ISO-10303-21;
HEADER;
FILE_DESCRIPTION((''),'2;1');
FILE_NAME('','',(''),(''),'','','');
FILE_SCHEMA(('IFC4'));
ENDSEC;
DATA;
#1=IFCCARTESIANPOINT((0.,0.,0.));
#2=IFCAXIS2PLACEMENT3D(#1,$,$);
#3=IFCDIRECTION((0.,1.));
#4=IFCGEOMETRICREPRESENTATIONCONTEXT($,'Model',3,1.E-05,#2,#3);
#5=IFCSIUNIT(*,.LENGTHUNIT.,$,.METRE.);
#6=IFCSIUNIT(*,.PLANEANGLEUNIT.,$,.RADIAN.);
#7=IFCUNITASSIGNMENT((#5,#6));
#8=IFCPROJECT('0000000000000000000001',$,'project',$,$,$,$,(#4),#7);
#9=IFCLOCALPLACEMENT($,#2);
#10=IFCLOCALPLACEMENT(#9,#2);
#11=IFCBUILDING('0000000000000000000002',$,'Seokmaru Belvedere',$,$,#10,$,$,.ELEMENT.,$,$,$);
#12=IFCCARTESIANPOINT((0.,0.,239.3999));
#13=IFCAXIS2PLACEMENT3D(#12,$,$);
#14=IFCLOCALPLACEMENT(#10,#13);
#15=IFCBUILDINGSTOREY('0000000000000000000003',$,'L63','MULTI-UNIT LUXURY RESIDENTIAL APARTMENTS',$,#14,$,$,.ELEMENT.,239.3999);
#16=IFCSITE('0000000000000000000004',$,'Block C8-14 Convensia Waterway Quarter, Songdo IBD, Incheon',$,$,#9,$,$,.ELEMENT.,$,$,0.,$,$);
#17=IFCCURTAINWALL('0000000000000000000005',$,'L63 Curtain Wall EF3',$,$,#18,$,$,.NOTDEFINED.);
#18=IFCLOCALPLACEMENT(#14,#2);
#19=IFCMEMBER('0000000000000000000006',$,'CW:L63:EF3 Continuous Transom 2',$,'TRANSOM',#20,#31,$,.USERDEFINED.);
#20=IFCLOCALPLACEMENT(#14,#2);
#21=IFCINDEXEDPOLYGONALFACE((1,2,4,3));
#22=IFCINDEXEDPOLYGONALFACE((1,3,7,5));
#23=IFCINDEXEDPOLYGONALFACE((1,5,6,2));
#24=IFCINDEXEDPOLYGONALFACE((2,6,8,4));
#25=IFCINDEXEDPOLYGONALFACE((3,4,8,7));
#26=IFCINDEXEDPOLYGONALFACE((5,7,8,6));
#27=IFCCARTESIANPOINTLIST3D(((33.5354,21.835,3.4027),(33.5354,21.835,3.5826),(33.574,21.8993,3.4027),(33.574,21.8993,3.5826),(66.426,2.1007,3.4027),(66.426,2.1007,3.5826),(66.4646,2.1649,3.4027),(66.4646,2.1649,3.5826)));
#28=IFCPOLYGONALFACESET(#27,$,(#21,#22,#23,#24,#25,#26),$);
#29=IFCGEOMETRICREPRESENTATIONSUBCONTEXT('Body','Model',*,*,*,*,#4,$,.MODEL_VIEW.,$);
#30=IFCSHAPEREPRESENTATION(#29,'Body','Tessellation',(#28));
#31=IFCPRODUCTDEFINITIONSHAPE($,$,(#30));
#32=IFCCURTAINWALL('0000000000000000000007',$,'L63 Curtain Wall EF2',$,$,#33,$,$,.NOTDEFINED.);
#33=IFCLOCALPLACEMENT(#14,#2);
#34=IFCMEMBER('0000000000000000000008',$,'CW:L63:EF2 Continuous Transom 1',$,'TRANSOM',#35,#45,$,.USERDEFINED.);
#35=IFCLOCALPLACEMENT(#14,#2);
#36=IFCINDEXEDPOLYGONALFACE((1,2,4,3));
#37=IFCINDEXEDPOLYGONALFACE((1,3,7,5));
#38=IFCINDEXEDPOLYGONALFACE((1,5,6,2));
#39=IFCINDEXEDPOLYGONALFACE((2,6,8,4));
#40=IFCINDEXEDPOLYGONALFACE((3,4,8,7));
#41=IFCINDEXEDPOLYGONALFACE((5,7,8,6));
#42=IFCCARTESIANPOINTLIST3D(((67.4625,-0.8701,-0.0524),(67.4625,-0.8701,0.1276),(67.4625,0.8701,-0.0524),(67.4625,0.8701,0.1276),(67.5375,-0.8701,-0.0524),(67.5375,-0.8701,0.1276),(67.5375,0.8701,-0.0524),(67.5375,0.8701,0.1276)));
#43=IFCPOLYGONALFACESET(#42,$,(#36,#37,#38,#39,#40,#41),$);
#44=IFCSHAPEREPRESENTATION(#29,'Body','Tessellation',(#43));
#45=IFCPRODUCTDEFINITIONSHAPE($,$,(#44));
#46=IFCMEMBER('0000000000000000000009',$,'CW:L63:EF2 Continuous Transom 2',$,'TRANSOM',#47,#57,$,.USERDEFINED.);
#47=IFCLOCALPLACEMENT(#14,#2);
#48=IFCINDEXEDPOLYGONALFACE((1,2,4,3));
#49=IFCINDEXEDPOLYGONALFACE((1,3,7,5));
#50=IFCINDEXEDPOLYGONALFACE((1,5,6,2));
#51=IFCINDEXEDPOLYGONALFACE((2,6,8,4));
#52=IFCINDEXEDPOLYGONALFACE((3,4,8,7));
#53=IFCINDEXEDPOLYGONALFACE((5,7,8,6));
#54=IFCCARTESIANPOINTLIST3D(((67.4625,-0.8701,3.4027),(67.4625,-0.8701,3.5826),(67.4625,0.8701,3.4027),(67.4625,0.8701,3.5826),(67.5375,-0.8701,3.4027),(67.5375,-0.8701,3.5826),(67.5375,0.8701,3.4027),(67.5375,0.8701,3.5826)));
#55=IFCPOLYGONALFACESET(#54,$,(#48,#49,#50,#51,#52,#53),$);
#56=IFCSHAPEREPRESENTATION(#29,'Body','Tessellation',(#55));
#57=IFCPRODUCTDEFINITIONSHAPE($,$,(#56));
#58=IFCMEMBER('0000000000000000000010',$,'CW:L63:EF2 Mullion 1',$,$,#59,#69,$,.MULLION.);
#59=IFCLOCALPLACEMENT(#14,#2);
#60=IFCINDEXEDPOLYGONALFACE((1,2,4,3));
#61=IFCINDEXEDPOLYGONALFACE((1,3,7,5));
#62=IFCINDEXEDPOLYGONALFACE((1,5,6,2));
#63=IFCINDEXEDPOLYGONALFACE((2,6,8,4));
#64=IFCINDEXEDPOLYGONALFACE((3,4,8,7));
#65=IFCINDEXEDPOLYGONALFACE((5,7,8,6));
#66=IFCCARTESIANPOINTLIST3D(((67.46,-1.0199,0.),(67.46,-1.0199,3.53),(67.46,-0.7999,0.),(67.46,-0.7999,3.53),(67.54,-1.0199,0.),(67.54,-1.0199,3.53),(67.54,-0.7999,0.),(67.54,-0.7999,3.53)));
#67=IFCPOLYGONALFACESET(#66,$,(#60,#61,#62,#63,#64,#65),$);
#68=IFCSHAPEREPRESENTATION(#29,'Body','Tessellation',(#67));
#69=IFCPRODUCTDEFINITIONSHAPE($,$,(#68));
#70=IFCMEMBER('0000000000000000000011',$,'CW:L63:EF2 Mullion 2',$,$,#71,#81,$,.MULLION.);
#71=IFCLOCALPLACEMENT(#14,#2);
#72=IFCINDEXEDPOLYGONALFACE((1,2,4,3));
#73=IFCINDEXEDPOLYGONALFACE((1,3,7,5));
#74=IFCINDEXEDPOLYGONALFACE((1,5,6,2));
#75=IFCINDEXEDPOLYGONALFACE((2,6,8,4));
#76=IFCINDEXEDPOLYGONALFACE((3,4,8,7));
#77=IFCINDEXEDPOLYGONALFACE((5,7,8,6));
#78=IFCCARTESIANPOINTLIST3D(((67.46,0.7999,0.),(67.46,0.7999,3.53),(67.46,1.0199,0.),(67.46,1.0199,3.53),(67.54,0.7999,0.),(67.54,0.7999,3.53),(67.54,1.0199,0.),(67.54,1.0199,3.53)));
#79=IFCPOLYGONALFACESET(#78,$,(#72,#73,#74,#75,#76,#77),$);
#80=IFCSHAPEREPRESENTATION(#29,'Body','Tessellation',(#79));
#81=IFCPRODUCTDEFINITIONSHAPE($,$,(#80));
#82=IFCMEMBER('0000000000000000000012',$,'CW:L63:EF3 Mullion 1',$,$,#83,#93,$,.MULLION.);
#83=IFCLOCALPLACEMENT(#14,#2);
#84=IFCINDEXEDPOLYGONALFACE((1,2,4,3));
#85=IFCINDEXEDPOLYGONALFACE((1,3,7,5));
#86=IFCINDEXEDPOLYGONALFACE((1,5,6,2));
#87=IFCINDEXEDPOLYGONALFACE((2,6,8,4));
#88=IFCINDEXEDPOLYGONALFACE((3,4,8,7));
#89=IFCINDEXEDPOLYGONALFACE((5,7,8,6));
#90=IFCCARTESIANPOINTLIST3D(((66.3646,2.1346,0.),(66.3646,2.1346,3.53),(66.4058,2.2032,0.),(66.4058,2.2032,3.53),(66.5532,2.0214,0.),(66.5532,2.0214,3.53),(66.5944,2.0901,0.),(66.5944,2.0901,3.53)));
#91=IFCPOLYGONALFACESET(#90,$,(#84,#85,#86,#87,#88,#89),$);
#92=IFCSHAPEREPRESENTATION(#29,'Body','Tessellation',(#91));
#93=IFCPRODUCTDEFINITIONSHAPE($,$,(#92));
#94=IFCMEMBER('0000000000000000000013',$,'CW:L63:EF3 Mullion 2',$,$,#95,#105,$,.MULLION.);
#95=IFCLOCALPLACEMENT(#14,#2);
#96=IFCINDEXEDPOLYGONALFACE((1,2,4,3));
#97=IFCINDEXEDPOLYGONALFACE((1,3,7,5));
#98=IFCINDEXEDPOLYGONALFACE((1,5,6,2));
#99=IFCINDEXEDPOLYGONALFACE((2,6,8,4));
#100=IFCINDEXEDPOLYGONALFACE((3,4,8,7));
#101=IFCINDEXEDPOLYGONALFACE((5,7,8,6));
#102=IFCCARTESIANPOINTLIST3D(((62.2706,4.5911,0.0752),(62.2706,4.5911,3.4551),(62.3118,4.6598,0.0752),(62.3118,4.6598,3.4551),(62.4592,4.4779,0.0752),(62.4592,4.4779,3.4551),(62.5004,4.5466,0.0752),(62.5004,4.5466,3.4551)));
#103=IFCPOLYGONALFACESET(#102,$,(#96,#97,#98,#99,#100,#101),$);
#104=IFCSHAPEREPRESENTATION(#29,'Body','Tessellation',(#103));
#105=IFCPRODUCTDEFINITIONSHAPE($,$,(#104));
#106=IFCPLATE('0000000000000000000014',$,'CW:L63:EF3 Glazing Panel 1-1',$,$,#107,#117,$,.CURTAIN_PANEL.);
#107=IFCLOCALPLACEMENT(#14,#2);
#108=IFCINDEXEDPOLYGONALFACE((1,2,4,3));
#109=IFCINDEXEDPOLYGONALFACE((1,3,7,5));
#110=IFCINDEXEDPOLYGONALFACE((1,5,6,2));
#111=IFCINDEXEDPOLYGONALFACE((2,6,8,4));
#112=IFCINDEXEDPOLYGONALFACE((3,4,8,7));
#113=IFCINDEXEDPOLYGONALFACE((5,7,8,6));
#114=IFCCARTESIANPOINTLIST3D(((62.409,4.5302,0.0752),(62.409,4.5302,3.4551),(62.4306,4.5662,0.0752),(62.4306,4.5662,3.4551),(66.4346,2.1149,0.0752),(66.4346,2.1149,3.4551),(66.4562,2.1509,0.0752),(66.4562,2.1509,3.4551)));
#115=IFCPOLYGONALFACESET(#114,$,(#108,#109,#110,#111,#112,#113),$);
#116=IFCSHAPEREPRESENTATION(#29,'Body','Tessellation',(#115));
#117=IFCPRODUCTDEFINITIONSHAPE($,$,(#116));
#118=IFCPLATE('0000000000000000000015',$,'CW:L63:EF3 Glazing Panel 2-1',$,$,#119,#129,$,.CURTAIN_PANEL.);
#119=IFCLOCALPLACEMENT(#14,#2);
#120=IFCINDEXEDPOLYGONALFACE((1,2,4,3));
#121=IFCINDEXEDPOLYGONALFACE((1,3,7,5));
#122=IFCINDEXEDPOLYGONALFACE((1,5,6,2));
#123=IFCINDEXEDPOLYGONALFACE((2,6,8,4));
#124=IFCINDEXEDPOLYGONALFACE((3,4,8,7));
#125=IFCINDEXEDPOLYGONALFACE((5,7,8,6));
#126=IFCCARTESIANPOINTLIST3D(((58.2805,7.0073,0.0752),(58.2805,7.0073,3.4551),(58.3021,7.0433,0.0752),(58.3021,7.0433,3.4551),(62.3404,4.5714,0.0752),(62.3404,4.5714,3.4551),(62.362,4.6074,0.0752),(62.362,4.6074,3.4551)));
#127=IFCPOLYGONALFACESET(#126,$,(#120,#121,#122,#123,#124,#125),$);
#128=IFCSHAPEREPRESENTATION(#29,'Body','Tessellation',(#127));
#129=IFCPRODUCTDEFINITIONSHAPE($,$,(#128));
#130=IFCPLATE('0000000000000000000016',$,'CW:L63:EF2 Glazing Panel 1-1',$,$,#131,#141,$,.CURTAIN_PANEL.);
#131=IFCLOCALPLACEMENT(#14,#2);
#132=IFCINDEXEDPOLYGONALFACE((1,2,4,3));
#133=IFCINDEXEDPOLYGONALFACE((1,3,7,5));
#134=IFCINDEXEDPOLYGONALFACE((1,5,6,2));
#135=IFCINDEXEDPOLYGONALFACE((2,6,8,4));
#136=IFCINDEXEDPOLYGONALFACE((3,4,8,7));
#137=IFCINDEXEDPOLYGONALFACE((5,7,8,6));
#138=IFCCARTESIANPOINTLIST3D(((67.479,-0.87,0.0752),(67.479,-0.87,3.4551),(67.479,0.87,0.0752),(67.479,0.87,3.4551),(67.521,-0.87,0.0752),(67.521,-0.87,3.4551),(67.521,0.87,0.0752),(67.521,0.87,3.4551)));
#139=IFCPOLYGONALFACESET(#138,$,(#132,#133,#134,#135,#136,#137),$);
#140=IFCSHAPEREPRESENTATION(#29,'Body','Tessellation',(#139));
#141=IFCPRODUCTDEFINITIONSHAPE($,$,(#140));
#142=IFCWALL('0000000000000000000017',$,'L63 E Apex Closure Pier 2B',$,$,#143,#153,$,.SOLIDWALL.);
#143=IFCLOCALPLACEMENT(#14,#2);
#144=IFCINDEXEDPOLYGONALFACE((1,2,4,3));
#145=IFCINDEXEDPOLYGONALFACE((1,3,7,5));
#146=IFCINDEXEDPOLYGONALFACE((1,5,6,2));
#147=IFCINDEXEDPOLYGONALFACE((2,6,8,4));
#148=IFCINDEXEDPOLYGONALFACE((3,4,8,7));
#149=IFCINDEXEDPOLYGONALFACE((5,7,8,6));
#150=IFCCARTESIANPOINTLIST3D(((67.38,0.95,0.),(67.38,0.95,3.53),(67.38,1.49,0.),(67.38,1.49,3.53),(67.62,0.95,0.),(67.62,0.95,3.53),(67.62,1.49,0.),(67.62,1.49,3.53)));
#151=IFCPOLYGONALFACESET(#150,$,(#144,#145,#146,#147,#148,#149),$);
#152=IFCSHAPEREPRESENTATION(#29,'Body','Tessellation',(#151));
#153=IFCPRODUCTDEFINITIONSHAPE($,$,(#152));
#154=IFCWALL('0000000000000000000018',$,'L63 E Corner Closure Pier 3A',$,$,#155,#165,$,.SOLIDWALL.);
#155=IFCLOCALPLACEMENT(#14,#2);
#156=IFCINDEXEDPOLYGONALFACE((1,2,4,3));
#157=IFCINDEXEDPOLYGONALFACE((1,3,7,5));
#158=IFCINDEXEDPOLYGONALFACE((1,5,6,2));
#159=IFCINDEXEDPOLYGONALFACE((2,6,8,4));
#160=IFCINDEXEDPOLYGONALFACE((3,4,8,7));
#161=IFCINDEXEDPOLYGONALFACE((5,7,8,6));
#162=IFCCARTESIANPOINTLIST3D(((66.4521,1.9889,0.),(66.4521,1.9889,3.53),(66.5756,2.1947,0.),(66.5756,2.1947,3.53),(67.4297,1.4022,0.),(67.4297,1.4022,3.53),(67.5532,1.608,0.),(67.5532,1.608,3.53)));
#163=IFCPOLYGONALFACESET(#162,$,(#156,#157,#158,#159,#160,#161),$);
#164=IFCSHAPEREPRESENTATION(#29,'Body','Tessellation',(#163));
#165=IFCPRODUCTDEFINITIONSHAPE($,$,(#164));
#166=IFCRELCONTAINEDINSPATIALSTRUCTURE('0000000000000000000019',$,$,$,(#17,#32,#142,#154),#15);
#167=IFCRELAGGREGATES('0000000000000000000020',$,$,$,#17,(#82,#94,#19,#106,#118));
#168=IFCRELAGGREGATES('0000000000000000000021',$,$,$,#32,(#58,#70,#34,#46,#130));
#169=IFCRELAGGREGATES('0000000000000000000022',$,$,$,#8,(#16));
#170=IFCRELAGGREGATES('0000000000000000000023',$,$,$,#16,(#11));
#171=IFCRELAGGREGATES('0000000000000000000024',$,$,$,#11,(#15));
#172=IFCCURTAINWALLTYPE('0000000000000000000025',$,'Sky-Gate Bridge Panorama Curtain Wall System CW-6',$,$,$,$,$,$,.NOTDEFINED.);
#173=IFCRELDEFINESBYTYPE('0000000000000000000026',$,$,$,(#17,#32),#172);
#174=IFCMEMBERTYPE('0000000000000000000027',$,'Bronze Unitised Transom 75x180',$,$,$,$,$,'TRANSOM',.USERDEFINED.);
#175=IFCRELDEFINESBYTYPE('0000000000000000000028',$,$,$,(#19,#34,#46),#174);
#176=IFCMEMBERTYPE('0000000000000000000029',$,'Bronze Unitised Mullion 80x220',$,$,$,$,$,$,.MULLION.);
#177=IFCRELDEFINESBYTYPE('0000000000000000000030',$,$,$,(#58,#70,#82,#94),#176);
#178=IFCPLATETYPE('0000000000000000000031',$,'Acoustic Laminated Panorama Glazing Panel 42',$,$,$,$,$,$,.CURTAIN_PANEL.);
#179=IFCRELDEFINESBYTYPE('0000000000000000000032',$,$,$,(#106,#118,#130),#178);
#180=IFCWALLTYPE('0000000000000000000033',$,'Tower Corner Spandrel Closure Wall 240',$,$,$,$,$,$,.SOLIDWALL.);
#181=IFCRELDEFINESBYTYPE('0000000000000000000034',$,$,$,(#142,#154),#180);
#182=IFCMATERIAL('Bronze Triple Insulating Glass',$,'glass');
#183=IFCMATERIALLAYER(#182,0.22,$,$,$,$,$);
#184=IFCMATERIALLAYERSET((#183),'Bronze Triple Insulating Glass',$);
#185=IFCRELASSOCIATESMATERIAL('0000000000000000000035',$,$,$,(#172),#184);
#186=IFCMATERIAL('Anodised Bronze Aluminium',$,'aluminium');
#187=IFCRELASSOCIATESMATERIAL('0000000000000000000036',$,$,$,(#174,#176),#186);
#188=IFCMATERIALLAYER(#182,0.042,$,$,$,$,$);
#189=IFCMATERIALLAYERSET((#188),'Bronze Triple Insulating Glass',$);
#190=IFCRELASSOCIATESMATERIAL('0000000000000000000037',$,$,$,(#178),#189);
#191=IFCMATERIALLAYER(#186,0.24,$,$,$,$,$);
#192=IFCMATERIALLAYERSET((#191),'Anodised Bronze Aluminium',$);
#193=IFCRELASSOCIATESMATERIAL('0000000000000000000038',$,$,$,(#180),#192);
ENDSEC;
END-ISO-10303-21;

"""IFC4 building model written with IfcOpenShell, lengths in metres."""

from ifc_helpers import new_model, si_unit, direction, frame, frame_2d, origin, origin_2d, place, context, subcontext, project, spatial, rectangle, extrude, source, transform, mapped, material, layer, layer_set, material_profile, profile_set, type_object, type_shapes, element, aggregate, save


model = new_model("IFC4")

# Units and contexts
model_context = context("Model", 3, precision=1e-05, world=origin(), true_north=direction((0.0, 1.0)))
body_context = subcontext(model_context, "Body", "Model", "MODEL_VIEW")
ifc_project = project(units=[si_unit("LENGTHUNIT", "METRE"), si_unit("PLANEANGLEUNIT", "RADIAN")], contexts=[model_context])

# Site, building, storey
site_placement = place(None, origin())
site = spatial("IfcSite", under=ifc_project, at=site_placement, Name="Block C8-14 Convensia Waterway Quarter, Songdo IBD, Incheon", CompositionType="ELEMENT", RefElevation=0.0)
building_placement = place(site_placement, origin())
building = spatial("IfcBuilding", under=site, at=building_placement, Name="Seokmaru Belvedere", CompositionType="ELEMENT")
storey_placement = place(building_placement, frame((0.0, 0.0, 239.3999)))
storey = spatial("IfcBuildingStorey", under=building, at=storey_placement, Name="L63", Description="MULTI-UNIT LUXURY RESIDENTIAL APARTMENTS", CompositionType="ELEMENT", Elevation=239.3999)

# Curtain walls, members
ifc_material_1 = material(Name="Bronze Triple Insulating Glass", Category="glass")
ifc_layer_1 = layer(ifc_material_1, 0.22)
ifc_layer_set_1 = layer_set([ifc_layer_1], Name="Bronze Triple Insulating Glass")
curtain_wall_type = type_object("IfcCurtainWallType", Name="Sky-Gate Bridge Panorama Curtain Wall System CW-6", PredefinedType="NOTDEFINED", material=ifc_layer_set_1)
curtain_wall_1_placement = place(storey_placement, origin())
curtain_wall_1 = element("IfcCurtainWall", 1, at=curtain_wall_1_placement, inside=storey, type_object=curtain_wall_type, Name="L63 Curtain Wall EF3", PredefinedType="NOTDEFINED")
ifc_material_2 = material(Name="Anodised Bronze Aluminium", Category="aluminium")
ifc_material_profile_1 = material_profile(ifc_material_2, rectangle(XDim=0.075, YDim=0.1799, at=origin_2d()), Name="CW-T-75x180")
ifc_profile_set_1 = profile_set([ifc_material_profile_1], Name="Anodised Bronze Aluminium")
member_type_1 = type_object("IfcMemberType", Name="Bronze Unitised Transom 75x180", ElementType="TRANSOM", PredefinedType="USERDEFINED", material=ifc_profile_set_1)
shared_shape_1 = source(origin(), body_context, "Body", "SweptSolid", [
    extrude(rectangle(XDim=0.075, YDim=0.1799, at=origin_2d()), origin(), (0.0, 0.0, 1.0), 38.3567),
])
member_1_placement = place(storey_placement, frame((66.4453, 2.1328, 3.4927), z_axis=(-0.857493, 0.514496, 0.0), x_axis=(-0.514496, -0.857493, 0.0)))
member_1 = element("IfcMember", 2, at=member_1_placement, type_object=member_type_1, Name="CW:L63:EF3 Continuous Transom 2", ObjectType="TRANSOM", PredefinedType="USERDEFINED", context=body_context, shape_type="MappedRepresentation", body=[
    mapped(shared_shape_1, transform((0.0, 0.0, 0.0), scale=1.0)),
])
curtain_wall_2_placement = place(storey_placement, origin())
curtain_wall_2 = element("IfcCurtainWall", 3, at=curtain_wall_2_placement, inside=storey, type_object=curtain_wall_type, Name="L63 Curtain Wall EF2", PredefinedType="NOTDEFINED")
shared_shape_2 = source(origin(), body_context, "Body", "SweptSolid", [
    extrude(rectangle(XDim=0.075, YDim=0.1799, at=origin_2d()), origin(), (0.0, 0.0, 1.0), 1.7402),
])
type_shapes(member_type_1, [shared_shape_1, shared_shape_2])
member_2_placement = place(storey_placement, frame((67.5, -0.8701, 0.0376), z_axis=(0.0, 1.0, 0.0), x_axis=(-1.0, 0.0, 0.0)))
member_2 = element("IfcMember", 4, at=member_2_placement, type_object=member_type_1, Name="CW:L63:EF2 Continuous Transom 1", ObjectType="TRANSOM", PredefinedType="USERDEFINED", context=body_context, shape_type="MappedRepresentation", body=[
    mapped(shared_shape_2, transform((0.0, 0.0, 0.0), scale=1.0)),
])
member_3_placement = place(storey_placement, frame((67.5, -0.8701, 3.4927), z_axis=(0.0, 1.0, 0.0), x_axis=(-1.0, 0.0, 0.0)))
member_3 = element("IfcMember", 5, at=member_3_placement, type_object=member_type_1, Name="CW:L63:EF2 Continuous Transom 2", ObjectType="TRANSOM", PredefinedType="USERDEFINED", context=body_context, shape_type="MappedRepresentation", body=[
    mapped(shared_shape_2, transform((0.0, 0.0, 0.0), scale=1.0)),
])
ifc_material_profile_2 = material_profile(ifc_material_2, rectangle(XDim=0.0801, YDim=0.22, at=origin_2d()), Name="CW-M-80x220")
ifc_profile_set_2 = profile_set([ifc_material_profile_2], Name="Anodised Bronze Aluminium")
member_type_2 = type_object("IfcMemberType", Name="Bronze Unitised Mullion 80x220", PredefinedType="MULLION", material=ifc_profile_set_2)
shared_shape_3 = source(origin(), body_context, "Body", "SweptSolid", [
    extrude(rectangle(XDim=0.0801, YDim=0.22, at=origin_2d()), origin(), (0.0, 0.0, 1.0), 3.53),
])
member_4_placement = place(storey_placement, frame((67.5, -0.9099, 0.0), z_axis=(0.0, 0.0, 1.0), x_axis=(-1.0, 0.0, 0.0)))
member_4 = element("IfcMember", 6, at=member_4_placement, type_object=member_type_2, Name="CW:L63:EF2 Mullion 1", PredefinedType="MULLION", context=body_context, shape_type="MappedRepresentation", body=[
    mapped(shared_shape_3, transform((0.0, 0.0, 0.0), scale=1.0)),
])
member_5_placement = place(storey_placement, frame((67.5, 0.9099, 0.0), z_axis=(0.0, 0.0, 1.0), x_axis=(-1.0, 0.0, 0.0)))
member_5 = element("IfcMember", 7, at=member_5_placement, type_object=member_type_2, Name="CW:L63:EF2 Mullion 2", PredefinedType="MULLION", context=body_context, shape_type="MappedRepresentation", body=[
    mapped(shared_shape_3, transform((0.0, 0.0, 0.0), scale=1.0)),
])

# Members
member_6_placement = place(storey_placement, frame((66.4795, 2.1123, 0.0), z_axis=(0.0, 0.0, 1.0), x_axis=(-0.514495, -0.857493, 0.0)))
member_6 = element("IfcMember", 8, at=member_6_placement, type_object=member_type_2, Name="CW:L63:EF3 Mullion 1", PredefinedType="MULLION", context=body_context, shape_type="MappedRepresentation", body=[
    mapped(shared_shape_3, transform((0.0, 0.0, 0.0), scale=1.0)),
])
shared_shape_4 = source(origin(), body_context, "Body", "SweptSolid", [
    extrude(rectangle(XDim=0.0801, YDim=0.22, at=origin_2d()), origin(), (0.0, 0.0, 1.0), 3.3799),
])
type_shapes(member_type_2, [shared_shape_3, shared_shape_4])
member_7_placement = place(storey_placement, frame((62.3855, 4.5688, 0.0752), z_axis=(0.0, 0.0, 1.0), x_axis=(-0.514495, -0.857493, 0.0)))
member_7 = element("IfcMember", 9, at=member_7_placement, type_object=member_type_2, Name="CW:L63:EF3 Mullion 2", PredefinedType="MULLION", context=body_context, shape_type="MappedRepresentation", body=[
    mapped(shared_shape_4, transform((0.0, 0.0, 0.0), scale=1.0)),
])

# Plates
ifc_layer_2 = layer(ifc_material_1, 0.042)
ifc_layer_set_2 = layer_set([ifc_layer_2], Name="Bronze Triple Insulating Glass")
plate_type = type_object("IfcPlateType", Name="Acoustic Laminated Panorama Glazing Panel 42", PredefinedType="CURTAIN_PANEL", material=ifc_layer_set_2)
shared_shape_5 = source(origin(), body_context, "Body", "SweptSolid", [
    extrude(rectangle(XDim=4.6946, YDim=0.042, at=origin_2d()), origin(), (0.0, 0.0, 1.0), 3.3799),
])
plate_1_placement = place(storey_placement, frame((64.4326, 3.3406, 0.0752), z_axis=(0.0, 0.0, 1.0), x_axis=(-0.857493, 0.514495, 0.0)))
plate_1 = element("IfcPlate", 10, at=plate_1_placement, type_object=plate_type, Name="CW:L63:EF3 Glazing Panel 1-1", PredefinedType="CURTAIN_PANEL", context=body_context, shape_type="MappedRepresentation", body=[
    mapped(shared_shape_5, transform((0.0, 0.0, 0.0), scale=1.0)),
])
shared_shape_6 = source(origin(), body_context, "Body", "SweptSolid", [
    extrude(rectangle(XDim=4.7346, YDim=0.042, at=origin_2d()), origin(), (0.0, 0.0, 1.0), 3.3799),
])
plate_2_placement = place(storey_placement, frame((60.3213, 5.8074, 0.0752), z_axis=(0.0, 0.0, 1.0), x_axis=(-0.857493, 0.514495, 0.0)))
plate_2 = element("IfcPlate", 11, at=plate_2_placement, type_object=plate_type, Name="CW:L63:EF3 Glazing Panel 2-1", PredefinedType="CURTAIN_PANEL", context=body_context, shape_type="MappedRepresentation", body=[
    mapped(shared_shape_6, transform((0.0, 0.0, 0.0), scale=1.0)),
])
aggregate(curtain_wall_1, [member_6, member_7, member_1, plate_1, plate_2])
shared_shape_7 = source(origin(), body_context, "Body", "SweptSolid", [
    extrude(rectangle(XDim=1.74, YDim=0.042, at=origin_2d()), origin(), (0.0, 0.0, 1.0), 3.3799),
])
type_shapes(plate_type, [shared_shape_5, shared_shape_6, shared_shape_7])
plate_3_placement = place(storey_placement, frame((67.5, 0.0, 0.0752), z_axis=(0.0, 0.0, 1.0), x_axis=(0.0, 1.0, 0.0)))
plate_3 = element("IfcPlate", 12, at=plate_3_placement, type_object=plate_type, Name="CW:L63:EF2 Glazing Panel 1-1", PredefinedType="CURTAIN_PANEL", context=body_context, shape_type="MappedRepresentation", body=[
    mapped(shared_shape_7, transform((0.0, 0.0, 0.0), scale=1.0)),
])
aggregate(curtain_wall_2, [member_4, member_5, member_2, member_3, plate_3])

# Walls
ifc_layer_3 = layer(ifc_material_2, 0.24)
ifc_layer_set_3 = layer_set([ifc_layer_3], Name="Anodised Bronze Aluminium")
wall_type = type_object("IfcWallType", Name="Tower Corner Spandrel Closure Wall 240", PredefinedType="SOLIDWALL", material=ifc_layer_set_3)
wall_1_placement = place(storey_placement, frame((67.5, 0.95, 0.0), z_axis=(0.0, 0.0, 1.0), x_axis=(0.0, 1.0, 0.0)))
element("IfcWall", 13, at=wall_1_placement, inside=storey, type_object=wall_type, Name="L63 E Apex Closure Pier 2B", PredefinedType="SOLIDWALL", context=body_context, shape_type="SweptSolid", body=[
    extrude(rectangle(XDim=0.54, YDim=0.24, at=frame_2d((0.27, 0.0))), origin(), (0.0, 0.0, 1.0), 3.53),
])
wall_2_placement = place(storey_placement, frame((67.4915, 1.5051, 0.0), z_axis=(0.0, 0.0, 1.0), x_axis=(-0.857436, 0.51459, 0.0)))
element("IfcWall", 14, at=wall_2_placement, inside=storey, type_object=wall_type, Name="L63 E Corner Closure Pier 3A", PredefinedType="SOLIDWALL", context=body_context, shape_type="SweptSolid", body=[
    extrude(rectangle(XDim=1.1401, YDim=0.24, at=frame_2d((0.5701, 0.0))), origin(), (0.0, 0.0, 1.0), 3.53),
])

save(model, "model.ifc")
